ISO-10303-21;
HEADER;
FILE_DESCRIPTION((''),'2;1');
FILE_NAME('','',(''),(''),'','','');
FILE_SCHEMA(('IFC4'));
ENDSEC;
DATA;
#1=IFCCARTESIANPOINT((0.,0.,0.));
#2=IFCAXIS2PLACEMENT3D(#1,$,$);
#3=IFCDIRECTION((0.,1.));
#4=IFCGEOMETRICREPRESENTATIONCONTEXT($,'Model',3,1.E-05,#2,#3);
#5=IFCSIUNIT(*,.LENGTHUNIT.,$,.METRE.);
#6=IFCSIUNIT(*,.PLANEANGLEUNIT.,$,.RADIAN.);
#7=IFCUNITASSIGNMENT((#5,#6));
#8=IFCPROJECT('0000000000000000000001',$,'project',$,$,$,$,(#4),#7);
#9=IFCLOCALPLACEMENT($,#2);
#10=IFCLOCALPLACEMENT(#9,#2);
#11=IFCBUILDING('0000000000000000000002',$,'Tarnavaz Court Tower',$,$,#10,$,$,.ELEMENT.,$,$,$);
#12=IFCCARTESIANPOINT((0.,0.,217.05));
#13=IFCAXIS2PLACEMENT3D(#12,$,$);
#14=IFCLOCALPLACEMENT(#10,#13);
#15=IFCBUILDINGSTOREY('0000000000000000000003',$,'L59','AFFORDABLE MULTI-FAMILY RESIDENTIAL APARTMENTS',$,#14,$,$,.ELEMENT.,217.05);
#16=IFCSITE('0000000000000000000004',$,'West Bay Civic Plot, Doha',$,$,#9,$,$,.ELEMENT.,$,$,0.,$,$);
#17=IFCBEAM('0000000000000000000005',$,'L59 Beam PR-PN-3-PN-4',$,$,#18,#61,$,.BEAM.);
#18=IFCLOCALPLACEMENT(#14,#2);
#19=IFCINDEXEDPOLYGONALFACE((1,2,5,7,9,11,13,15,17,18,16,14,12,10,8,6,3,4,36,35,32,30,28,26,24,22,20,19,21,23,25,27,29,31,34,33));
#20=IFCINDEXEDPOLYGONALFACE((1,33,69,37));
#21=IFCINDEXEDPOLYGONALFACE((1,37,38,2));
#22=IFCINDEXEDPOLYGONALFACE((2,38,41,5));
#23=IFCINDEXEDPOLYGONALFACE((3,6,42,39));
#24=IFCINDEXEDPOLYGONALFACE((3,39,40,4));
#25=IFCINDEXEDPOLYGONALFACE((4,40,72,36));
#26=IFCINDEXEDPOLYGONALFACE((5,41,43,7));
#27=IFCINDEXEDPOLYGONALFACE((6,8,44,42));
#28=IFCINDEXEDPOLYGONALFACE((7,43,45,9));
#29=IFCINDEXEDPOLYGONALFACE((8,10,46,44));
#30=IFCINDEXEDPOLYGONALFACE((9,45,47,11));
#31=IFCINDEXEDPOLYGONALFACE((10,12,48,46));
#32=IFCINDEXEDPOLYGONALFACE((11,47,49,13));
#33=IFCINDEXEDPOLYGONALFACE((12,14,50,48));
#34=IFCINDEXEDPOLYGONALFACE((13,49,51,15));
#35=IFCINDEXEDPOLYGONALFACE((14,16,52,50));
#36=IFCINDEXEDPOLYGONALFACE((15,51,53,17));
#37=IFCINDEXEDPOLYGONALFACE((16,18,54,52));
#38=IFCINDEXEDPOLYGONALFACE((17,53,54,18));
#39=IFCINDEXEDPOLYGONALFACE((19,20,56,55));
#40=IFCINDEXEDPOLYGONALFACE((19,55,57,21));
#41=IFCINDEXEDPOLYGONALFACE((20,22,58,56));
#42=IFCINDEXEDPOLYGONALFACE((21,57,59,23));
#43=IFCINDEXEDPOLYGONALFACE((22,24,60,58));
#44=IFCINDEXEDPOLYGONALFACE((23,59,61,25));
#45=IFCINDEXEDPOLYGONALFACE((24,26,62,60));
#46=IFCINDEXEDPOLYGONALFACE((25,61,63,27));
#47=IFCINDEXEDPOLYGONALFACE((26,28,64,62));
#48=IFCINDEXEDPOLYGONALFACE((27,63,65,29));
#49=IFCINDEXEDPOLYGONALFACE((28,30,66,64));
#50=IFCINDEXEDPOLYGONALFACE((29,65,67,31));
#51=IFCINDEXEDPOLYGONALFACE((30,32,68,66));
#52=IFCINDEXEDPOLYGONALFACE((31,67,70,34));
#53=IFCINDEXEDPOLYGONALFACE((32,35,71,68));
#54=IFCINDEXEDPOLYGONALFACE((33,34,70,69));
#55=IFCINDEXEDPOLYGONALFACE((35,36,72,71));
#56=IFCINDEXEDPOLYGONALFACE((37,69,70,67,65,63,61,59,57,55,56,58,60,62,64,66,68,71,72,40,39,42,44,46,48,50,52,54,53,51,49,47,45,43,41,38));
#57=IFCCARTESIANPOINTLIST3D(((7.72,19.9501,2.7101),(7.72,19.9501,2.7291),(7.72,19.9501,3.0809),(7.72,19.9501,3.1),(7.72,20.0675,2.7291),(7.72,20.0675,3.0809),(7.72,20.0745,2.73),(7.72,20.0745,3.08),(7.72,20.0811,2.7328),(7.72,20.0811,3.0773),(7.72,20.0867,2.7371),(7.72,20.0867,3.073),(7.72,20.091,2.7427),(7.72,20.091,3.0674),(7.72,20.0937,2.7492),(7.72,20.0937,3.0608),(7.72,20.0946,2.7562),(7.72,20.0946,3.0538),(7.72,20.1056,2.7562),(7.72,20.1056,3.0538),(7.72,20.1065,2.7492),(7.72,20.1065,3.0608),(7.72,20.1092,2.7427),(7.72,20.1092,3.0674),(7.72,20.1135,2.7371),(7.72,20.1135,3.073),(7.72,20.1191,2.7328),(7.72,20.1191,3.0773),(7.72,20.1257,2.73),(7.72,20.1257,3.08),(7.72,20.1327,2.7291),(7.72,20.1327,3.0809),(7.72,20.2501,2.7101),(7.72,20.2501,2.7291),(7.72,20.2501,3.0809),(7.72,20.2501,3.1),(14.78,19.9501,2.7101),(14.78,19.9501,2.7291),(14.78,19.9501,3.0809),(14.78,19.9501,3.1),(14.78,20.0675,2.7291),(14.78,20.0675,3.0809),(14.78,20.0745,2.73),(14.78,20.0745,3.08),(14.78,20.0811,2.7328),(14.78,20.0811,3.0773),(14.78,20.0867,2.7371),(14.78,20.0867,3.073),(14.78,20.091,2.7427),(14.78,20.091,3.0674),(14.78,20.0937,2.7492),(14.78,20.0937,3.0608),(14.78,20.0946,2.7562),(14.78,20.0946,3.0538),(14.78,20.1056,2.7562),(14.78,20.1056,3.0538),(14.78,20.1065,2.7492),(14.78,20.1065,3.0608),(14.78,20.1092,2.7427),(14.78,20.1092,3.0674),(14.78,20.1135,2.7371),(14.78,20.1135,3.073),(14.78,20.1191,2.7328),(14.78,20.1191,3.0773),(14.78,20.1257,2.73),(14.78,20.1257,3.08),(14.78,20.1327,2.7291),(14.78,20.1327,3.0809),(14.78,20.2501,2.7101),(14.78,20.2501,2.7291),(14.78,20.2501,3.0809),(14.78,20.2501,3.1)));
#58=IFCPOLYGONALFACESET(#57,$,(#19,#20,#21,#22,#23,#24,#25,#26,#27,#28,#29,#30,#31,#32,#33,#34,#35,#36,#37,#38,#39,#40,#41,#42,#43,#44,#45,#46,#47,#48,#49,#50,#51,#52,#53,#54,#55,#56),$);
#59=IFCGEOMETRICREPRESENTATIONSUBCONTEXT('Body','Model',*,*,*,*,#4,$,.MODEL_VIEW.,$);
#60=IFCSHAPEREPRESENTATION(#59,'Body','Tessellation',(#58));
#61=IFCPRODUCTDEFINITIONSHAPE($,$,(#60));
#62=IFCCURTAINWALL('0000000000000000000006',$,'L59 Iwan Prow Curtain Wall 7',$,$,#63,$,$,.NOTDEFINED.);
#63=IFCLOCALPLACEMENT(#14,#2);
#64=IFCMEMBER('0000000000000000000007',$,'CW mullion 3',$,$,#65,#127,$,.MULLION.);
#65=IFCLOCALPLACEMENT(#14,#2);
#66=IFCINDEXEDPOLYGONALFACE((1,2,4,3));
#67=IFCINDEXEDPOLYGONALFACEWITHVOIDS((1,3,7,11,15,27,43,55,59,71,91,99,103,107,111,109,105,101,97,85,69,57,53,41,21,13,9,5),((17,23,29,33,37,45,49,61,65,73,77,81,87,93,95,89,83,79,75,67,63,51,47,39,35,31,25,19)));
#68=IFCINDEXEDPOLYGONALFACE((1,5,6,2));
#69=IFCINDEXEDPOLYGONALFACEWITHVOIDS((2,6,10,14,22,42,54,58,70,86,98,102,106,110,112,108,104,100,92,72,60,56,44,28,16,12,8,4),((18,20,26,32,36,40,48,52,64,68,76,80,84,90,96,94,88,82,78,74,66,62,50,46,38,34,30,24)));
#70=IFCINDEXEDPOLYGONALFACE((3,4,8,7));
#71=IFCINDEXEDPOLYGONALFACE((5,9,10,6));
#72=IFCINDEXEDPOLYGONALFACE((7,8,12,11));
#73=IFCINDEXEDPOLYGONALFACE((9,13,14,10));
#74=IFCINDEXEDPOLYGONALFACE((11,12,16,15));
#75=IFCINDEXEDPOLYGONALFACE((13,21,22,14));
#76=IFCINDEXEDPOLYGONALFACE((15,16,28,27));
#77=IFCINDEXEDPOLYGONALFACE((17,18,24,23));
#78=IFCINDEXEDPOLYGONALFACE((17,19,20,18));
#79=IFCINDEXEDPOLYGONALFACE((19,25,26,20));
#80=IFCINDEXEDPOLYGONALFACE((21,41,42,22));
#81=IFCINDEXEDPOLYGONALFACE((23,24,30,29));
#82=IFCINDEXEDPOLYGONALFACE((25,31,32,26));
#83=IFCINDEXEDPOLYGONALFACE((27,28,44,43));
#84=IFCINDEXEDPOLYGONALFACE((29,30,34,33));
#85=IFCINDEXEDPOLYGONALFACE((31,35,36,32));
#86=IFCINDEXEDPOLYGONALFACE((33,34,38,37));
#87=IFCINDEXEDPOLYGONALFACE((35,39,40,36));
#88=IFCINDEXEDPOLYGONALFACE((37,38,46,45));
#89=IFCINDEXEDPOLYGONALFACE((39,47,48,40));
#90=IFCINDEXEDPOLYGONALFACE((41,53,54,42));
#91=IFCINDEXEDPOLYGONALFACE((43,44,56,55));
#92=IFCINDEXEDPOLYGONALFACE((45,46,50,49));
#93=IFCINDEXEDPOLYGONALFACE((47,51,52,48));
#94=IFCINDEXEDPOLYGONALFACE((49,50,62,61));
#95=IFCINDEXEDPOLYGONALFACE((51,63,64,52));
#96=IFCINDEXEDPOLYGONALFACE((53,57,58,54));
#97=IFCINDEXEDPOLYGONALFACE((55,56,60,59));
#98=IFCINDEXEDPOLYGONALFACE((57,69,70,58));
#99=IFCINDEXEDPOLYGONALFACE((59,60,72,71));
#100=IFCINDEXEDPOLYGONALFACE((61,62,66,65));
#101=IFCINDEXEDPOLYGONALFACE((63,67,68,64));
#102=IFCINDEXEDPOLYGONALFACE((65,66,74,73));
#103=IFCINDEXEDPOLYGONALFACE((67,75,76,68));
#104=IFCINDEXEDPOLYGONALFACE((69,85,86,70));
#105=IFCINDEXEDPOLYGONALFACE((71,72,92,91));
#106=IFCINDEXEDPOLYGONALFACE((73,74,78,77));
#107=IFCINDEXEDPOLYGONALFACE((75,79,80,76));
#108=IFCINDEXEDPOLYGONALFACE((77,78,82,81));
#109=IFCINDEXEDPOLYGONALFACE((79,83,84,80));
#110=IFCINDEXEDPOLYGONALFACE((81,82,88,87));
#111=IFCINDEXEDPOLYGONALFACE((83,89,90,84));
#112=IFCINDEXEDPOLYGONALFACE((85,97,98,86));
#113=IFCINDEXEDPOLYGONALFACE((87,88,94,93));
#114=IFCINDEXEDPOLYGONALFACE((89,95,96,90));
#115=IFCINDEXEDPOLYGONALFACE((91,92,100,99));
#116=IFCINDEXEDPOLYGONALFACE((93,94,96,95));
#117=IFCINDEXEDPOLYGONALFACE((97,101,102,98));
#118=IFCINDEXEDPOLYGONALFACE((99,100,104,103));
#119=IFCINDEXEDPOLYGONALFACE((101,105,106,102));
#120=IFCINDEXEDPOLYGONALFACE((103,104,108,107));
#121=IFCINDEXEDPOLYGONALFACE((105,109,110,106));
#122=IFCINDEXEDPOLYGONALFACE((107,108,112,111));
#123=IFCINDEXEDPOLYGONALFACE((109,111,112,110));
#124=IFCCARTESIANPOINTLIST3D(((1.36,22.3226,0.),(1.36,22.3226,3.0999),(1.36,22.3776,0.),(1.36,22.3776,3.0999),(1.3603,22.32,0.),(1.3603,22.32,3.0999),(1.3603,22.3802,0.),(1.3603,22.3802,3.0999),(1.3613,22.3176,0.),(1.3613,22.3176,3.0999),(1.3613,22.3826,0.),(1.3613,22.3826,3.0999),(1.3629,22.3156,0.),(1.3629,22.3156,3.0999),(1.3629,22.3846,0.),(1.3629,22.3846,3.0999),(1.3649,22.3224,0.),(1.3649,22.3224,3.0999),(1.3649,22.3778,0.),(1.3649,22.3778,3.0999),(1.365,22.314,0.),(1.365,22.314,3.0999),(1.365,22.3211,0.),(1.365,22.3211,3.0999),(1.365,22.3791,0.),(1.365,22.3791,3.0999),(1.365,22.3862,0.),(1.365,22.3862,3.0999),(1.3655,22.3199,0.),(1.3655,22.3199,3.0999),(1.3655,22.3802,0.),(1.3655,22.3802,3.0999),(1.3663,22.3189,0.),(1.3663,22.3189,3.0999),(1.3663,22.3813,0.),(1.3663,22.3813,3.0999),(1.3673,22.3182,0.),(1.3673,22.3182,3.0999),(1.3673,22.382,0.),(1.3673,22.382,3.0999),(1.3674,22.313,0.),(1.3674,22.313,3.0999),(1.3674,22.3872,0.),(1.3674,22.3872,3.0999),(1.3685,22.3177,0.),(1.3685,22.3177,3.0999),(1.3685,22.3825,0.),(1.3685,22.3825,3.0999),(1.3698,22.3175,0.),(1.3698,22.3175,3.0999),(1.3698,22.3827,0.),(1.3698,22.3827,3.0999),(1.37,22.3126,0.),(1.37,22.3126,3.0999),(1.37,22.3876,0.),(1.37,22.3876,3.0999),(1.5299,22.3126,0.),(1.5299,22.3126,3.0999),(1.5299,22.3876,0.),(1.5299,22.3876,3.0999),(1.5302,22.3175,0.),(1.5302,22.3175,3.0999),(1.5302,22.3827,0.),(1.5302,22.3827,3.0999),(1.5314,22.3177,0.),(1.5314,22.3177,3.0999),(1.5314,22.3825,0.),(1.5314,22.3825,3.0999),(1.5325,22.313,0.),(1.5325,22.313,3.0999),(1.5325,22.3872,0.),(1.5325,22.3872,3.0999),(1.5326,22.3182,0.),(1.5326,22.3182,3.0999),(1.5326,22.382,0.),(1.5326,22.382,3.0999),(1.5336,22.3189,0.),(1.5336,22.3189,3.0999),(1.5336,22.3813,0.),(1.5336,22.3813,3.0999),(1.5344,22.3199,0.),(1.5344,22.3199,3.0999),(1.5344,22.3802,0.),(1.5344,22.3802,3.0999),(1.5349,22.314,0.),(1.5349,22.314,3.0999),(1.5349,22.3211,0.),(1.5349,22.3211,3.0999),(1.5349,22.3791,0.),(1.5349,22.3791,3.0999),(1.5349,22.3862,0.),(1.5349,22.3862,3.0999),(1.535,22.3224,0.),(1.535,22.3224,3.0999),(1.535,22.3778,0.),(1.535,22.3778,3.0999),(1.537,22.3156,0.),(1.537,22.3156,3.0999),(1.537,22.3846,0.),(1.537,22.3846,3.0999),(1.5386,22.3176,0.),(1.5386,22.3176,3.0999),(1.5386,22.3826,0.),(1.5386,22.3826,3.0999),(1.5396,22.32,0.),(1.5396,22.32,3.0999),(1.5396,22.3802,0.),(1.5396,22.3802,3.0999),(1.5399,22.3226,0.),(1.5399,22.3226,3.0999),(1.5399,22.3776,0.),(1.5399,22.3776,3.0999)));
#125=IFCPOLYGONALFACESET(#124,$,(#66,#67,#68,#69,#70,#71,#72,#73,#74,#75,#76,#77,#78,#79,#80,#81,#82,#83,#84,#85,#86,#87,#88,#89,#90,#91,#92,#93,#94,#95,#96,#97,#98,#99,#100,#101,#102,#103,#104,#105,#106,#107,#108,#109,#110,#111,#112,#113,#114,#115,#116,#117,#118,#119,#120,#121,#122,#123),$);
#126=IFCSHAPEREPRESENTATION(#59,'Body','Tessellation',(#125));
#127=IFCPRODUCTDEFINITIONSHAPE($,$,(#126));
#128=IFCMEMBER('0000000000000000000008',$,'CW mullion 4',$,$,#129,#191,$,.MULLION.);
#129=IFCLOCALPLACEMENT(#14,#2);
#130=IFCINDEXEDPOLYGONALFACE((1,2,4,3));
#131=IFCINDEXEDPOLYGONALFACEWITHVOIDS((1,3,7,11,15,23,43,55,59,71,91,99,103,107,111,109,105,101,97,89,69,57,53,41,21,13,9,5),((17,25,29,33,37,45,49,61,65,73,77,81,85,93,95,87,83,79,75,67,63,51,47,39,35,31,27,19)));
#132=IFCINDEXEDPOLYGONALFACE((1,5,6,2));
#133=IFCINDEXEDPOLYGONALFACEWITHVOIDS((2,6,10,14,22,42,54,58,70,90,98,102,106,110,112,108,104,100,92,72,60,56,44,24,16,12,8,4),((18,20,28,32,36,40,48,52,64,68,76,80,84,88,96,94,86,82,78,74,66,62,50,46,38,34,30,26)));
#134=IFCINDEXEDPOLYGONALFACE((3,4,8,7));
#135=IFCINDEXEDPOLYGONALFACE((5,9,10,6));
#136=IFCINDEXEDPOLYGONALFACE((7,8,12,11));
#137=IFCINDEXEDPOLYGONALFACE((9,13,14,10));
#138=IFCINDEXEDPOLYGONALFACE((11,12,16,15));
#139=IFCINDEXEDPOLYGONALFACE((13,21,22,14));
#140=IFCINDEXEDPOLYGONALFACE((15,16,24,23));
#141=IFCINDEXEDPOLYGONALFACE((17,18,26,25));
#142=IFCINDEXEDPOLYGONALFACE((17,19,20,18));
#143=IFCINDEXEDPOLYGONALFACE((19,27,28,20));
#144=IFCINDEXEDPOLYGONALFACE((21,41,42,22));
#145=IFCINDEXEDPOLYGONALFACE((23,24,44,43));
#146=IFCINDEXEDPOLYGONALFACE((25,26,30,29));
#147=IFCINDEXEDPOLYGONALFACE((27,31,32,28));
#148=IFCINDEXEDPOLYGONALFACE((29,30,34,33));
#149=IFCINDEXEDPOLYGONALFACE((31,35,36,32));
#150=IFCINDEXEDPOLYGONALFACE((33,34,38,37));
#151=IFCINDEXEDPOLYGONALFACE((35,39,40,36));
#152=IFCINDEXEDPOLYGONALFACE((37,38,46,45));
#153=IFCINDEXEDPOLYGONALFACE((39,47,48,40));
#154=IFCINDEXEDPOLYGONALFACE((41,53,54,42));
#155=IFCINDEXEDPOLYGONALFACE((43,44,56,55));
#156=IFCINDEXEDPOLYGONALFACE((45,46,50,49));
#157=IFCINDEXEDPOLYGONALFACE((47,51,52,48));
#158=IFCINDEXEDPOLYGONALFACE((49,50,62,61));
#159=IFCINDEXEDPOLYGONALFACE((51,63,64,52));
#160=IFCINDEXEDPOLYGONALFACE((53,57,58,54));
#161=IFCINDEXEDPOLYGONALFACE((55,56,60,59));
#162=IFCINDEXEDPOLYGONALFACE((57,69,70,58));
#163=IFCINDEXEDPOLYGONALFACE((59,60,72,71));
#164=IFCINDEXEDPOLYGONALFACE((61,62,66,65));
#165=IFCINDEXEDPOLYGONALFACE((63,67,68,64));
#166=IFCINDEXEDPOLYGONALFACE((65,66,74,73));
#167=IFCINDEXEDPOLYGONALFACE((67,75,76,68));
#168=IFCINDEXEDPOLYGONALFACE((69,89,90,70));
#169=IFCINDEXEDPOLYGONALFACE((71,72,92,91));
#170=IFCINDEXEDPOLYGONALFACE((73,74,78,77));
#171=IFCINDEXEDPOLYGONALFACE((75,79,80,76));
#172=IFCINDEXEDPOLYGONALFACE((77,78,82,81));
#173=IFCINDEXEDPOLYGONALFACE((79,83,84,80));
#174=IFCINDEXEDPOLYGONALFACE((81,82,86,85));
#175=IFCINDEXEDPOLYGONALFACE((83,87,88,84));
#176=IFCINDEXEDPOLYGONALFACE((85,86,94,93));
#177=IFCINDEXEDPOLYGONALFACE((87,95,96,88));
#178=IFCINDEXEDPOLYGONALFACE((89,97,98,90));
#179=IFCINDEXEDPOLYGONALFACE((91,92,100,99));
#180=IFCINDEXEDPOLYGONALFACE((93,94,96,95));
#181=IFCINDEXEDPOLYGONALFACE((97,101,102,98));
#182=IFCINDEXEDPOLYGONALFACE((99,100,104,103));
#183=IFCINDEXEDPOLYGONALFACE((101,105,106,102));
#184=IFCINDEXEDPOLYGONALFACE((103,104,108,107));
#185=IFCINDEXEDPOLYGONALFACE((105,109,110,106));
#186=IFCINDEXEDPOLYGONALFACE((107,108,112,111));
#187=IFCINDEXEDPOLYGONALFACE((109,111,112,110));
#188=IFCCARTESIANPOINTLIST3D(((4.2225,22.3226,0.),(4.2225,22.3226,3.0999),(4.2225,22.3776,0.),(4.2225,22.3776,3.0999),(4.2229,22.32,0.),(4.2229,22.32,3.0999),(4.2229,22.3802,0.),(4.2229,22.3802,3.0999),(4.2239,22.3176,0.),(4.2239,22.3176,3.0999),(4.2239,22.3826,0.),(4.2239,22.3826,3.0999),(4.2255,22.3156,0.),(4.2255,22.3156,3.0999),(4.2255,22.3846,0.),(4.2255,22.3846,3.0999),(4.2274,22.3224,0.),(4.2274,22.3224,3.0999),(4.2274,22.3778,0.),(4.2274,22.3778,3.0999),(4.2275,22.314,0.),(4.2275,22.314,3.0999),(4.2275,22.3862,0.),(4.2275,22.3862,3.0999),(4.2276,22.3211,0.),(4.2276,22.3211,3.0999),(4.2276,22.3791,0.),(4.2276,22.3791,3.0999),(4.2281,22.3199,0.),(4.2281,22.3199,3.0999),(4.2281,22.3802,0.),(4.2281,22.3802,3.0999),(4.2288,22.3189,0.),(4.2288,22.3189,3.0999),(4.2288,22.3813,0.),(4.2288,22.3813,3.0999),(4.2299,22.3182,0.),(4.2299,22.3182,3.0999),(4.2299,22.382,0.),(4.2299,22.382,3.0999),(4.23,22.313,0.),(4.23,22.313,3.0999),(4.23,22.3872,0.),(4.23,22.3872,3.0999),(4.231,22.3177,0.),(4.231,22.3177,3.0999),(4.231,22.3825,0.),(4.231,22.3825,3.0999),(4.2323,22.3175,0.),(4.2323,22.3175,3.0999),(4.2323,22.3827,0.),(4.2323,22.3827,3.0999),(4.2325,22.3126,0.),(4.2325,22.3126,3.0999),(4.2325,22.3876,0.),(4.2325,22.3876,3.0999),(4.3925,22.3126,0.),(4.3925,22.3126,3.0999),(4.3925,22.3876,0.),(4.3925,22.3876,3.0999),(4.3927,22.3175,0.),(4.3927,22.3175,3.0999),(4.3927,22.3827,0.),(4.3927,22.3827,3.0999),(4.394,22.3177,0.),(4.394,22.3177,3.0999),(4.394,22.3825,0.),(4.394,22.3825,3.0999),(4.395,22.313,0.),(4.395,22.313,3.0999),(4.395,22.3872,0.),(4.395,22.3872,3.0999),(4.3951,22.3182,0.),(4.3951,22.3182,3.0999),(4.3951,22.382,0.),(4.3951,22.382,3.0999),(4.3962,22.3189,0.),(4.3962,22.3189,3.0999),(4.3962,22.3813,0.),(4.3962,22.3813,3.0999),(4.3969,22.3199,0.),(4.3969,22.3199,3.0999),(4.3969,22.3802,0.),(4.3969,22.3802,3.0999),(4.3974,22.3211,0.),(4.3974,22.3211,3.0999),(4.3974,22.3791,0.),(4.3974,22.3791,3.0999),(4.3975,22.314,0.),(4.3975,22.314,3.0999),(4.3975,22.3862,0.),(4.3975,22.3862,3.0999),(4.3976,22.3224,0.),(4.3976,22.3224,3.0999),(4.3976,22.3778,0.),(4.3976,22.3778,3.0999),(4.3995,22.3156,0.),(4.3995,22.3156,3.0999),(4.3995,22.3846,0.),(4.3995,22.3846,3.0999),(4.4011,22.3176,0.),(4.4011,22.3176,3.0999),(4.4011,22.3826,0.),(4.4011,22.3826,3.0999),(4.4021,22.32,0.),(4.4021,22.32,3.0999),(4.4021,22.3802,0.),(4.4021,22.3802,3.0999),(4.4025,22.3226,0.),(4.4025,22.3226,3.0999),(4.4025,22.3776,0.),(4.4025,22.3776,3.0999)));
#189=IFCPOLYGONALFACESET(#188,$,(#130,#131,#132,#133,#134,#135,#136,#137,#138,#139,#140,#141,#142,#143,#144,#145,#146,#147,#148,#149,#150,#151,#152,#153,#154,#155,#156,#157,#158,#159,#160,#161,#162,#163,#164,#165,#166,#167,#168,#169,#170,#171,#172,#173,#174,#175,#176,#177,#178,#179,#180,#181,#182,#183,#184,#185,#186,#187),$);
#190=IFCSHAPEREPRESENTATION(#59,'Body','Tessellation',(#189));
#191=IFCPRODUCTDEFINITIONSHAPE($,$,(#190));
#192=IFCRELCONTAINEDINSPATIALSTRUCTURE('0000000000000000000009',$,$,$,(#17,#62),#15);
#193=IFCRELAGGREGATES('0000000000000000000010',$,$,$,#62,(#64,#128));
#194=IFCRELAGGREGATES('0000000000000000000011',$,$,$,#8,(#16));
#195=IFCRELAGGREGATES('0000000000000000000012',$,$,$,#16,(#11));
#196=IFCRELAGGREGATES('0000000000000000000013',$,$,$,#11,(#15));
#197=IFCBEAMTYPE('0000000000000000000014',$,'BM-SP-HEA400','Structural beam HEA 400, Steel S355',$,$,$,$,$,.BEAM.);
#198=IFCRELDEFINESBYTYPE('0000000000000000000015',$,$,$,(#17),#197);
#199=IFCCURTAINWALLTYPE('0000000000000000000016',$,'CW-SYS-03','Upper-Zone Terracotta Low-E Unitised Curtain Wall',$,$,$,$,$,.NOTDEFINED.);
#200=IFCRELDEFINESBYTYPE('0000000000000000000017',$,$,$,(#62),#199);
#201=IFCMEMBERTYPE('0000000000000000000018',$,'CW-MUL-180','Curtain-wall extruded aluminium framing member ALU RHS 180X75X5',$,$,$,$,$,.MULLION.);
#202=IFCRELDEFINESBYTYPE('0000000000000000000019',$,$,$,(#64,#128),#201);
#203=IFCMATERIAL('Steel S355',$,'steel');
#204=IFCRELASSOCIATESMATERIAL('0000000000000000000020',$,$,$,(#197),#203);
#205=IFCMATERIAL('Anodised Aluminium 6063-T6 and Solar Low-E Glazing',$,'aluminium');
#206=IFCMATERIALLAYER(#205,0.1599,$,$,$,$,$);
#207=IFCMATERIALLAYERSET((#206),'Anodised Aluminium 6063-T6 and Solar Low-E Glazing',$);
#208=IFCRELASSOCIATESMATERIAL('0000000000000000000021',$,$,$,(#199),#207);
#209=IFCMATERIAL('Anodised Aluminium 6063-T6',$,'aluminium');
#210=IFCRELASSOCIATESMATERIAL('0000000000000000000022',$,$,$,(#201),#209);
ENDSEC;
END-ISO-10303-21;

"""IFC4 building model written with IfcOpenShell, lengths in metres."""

from ifc_helpers import new_model, si_unit, direction, frame, origin, origin_2d, place, context, subcontext, project, spatial, hollow_rectangle, i_section, extrude, material, layer, layer_set, material_profile, profile_set, type_object, element, aggregate, save


model = new_model("IFC4")

# Units and contexts
model_context = context("Model", 3, precision=1e-05, world=origin(), true_north=direction((0.0, 1.0)))
body_context = subcontext(model_context, "Body", "Model", "MODEL_VIEW")
ifc_project = project(units=[si_unit("LENGTHUNIT", "METRE"), si_unit("PLANEANGLEUNIT", "RADIAN")], contexts=[model_context])

# Site, building, storey
site_placement = place(None, origin())
site = spatial("IfcSite", under=ifc_project, at=site_placement, Name="West Bay Civic Plot, Doha", CompositionType="ELEMENT", RefElevation=0.0)
building_placement = place(site_placement, origin())
building = spatial("IfcBuilding", under=site, at=building_placement, Name="Tarnavaz Court Tower", CompositionType="ELEMENT")
storey_placement = place(building_placement, frame((0.0, 0.0, 217.05)))
storey = spatial("IfcBuildingStorey", under=building, at=storey_placement, Name="L59", Description="AFFORDABLE MULTI-FAMILY RESIDENTIAL APARTMENTS", CompositionType="ELEMENT", Elevation=217.05)

# Beam
ifc_material_1 = material(Name="Steel S355", Category="steel")
ifc_material_profile_1 = material_profile(ifc_material_1, i_section(OverallWidth=0.3, OverallDepth=0.3899, WebThickness=0.011, FlangeThickness=0.019, FilletRadius=0.0271, at=origin_2d()), Name="HEA 400")
ifc_profile_set_1 = profile_set([ifc_material_profile_1], Name="Steel S355")
beam_type_1 = type_object("IfcBeamType", Name="BM-SP-HEA400", Description="Structural beam HEA 400, Steel S355", PredefinedType="BEAM", material=ifc_profile_set_1)
beam_placement = place(storey_placement, frame((7.72, 20.1001, 2.905), z_axis=(1.0, 0.0, 0.0), x_axis=(0.0, 1.0, 0.0)))
element("IfcBeam", 1, at=beam_placement, inside=storey, type_object=beam_type_1, Name="L59 Beam PR-PN-3-PN-4", PredefinedType="BEAM", context=body_context, shape_type="SweptSolid", body=[
    extrude(i_section(OverallWidth=0.3, OverallDepth=0.3899, WebThickness=0.011, FlangeThickness=0.019, FilletRadius=0.0271, at=origin_2d()), origin(), (0.0, 0.0, 1.0), 7.0601),
])

# Curtain wall, members
ifc_material_2 = material(Name="Anodised Aluminium 6063-T6 and Solar Low-E Glazing", Category="aluminium")
ifc_layer_1 = layer(ifc_material_2, 0.1599)
ifc_layer_set_1 = layer_set([ifc_layer_1], Name="Anodised Aluminium 6063-T6 and Solar Low-E Glazing")
curtain_wall_type = type_object("IfcCurtainWallType", Name="CW-SYS-03", Description="Upper-Zone Terracotta Low-E Unitised Curtain Wall", PredefinedType="NOTDEFINED", material=ifc_layer_set_1)
curtain_wall_placement = place(storey_placement, origin())
curtain_wall = element("IfcCurtainWall", 2, at=curtain_wall_placement, inside=storey, type_object=curtain_wall_type, Name="L59 Iwan Prow Curtain Wall 7", PredefinedType="NOTDEFINED")
ifc_material_3 = material(Name="Anodised Aluminium 6063-T6", Category="aluminium")
ifc_material_profile_2 = material_profile(ifc_material_3, hollow_rectangle(XDim=0.075, YDim=0.1799, WallThickness=0.0049, InnerFilletRadius=0.0049, OuterFilletRadius=0.01, at=origin_2d()), Name="ALU RHS 180X75X5")
ifc_profile_set_2 = profile_set([ifc_material_profile_2], Name="Anodised Aluminium 6063-T6")
member_type_1 = type_object("IfcMemberType", Name="CW-MUL-180", Description="Curtain-wall extruded aluminium framing member ALU RHS 180X75X5", PredefinedType="MULLION", material=ifc_profile_set_2)
member_1_placement = place(storey_placement, frame((1.45, 22.3501, 0.0), z_axis=(0.0, 0.0, 1.0), x_axis=(0.0, 1.0, 0.0)))
member_1 = element("IfcMember", 3, at=member_1_placement, type_object=member_type_1, Name="CW mullion 3", PredefinedType="MULLION", context=body_context, shape_type="SweptSolid", body=[
    extrude(hollow_rectangle(XDim=0.075, YDim=0.1799, WallThickness=0.0049, InnerFilletRadius=0.0049, OuterFilletRadius=0.01, at=origin_2d()), origin(), (0.0, 0.0, 1.0), 3.0999),
])
member_2_placement = place(storey_placement, frame((4.3125, 22.3501, 0.0), z_axis=(0.0, 0.0, 1.0), x_axis=(0.0, 1.0, 0.0)))
member_2 = element("IfcMember", 4, at=member_2_placement, type_object=member_type_1, Name="CW mullion 4", PredefinedType="MULLION", context=body_context, shape_type="SweptSolid", body=[
    extrude(hollow_rectangle(XDim=0.075, YDim=0.1799, WallThickness=0.0049, InnerFilletRadius=0.0049, OuterFilletRadius=0.01, at=origin_2d()), origin(), (0.0, 0.0, 1.0), 3.0999),
])
aggregate(curtain_wall, [member_1, member_2])

save(model, "model.ifc")
